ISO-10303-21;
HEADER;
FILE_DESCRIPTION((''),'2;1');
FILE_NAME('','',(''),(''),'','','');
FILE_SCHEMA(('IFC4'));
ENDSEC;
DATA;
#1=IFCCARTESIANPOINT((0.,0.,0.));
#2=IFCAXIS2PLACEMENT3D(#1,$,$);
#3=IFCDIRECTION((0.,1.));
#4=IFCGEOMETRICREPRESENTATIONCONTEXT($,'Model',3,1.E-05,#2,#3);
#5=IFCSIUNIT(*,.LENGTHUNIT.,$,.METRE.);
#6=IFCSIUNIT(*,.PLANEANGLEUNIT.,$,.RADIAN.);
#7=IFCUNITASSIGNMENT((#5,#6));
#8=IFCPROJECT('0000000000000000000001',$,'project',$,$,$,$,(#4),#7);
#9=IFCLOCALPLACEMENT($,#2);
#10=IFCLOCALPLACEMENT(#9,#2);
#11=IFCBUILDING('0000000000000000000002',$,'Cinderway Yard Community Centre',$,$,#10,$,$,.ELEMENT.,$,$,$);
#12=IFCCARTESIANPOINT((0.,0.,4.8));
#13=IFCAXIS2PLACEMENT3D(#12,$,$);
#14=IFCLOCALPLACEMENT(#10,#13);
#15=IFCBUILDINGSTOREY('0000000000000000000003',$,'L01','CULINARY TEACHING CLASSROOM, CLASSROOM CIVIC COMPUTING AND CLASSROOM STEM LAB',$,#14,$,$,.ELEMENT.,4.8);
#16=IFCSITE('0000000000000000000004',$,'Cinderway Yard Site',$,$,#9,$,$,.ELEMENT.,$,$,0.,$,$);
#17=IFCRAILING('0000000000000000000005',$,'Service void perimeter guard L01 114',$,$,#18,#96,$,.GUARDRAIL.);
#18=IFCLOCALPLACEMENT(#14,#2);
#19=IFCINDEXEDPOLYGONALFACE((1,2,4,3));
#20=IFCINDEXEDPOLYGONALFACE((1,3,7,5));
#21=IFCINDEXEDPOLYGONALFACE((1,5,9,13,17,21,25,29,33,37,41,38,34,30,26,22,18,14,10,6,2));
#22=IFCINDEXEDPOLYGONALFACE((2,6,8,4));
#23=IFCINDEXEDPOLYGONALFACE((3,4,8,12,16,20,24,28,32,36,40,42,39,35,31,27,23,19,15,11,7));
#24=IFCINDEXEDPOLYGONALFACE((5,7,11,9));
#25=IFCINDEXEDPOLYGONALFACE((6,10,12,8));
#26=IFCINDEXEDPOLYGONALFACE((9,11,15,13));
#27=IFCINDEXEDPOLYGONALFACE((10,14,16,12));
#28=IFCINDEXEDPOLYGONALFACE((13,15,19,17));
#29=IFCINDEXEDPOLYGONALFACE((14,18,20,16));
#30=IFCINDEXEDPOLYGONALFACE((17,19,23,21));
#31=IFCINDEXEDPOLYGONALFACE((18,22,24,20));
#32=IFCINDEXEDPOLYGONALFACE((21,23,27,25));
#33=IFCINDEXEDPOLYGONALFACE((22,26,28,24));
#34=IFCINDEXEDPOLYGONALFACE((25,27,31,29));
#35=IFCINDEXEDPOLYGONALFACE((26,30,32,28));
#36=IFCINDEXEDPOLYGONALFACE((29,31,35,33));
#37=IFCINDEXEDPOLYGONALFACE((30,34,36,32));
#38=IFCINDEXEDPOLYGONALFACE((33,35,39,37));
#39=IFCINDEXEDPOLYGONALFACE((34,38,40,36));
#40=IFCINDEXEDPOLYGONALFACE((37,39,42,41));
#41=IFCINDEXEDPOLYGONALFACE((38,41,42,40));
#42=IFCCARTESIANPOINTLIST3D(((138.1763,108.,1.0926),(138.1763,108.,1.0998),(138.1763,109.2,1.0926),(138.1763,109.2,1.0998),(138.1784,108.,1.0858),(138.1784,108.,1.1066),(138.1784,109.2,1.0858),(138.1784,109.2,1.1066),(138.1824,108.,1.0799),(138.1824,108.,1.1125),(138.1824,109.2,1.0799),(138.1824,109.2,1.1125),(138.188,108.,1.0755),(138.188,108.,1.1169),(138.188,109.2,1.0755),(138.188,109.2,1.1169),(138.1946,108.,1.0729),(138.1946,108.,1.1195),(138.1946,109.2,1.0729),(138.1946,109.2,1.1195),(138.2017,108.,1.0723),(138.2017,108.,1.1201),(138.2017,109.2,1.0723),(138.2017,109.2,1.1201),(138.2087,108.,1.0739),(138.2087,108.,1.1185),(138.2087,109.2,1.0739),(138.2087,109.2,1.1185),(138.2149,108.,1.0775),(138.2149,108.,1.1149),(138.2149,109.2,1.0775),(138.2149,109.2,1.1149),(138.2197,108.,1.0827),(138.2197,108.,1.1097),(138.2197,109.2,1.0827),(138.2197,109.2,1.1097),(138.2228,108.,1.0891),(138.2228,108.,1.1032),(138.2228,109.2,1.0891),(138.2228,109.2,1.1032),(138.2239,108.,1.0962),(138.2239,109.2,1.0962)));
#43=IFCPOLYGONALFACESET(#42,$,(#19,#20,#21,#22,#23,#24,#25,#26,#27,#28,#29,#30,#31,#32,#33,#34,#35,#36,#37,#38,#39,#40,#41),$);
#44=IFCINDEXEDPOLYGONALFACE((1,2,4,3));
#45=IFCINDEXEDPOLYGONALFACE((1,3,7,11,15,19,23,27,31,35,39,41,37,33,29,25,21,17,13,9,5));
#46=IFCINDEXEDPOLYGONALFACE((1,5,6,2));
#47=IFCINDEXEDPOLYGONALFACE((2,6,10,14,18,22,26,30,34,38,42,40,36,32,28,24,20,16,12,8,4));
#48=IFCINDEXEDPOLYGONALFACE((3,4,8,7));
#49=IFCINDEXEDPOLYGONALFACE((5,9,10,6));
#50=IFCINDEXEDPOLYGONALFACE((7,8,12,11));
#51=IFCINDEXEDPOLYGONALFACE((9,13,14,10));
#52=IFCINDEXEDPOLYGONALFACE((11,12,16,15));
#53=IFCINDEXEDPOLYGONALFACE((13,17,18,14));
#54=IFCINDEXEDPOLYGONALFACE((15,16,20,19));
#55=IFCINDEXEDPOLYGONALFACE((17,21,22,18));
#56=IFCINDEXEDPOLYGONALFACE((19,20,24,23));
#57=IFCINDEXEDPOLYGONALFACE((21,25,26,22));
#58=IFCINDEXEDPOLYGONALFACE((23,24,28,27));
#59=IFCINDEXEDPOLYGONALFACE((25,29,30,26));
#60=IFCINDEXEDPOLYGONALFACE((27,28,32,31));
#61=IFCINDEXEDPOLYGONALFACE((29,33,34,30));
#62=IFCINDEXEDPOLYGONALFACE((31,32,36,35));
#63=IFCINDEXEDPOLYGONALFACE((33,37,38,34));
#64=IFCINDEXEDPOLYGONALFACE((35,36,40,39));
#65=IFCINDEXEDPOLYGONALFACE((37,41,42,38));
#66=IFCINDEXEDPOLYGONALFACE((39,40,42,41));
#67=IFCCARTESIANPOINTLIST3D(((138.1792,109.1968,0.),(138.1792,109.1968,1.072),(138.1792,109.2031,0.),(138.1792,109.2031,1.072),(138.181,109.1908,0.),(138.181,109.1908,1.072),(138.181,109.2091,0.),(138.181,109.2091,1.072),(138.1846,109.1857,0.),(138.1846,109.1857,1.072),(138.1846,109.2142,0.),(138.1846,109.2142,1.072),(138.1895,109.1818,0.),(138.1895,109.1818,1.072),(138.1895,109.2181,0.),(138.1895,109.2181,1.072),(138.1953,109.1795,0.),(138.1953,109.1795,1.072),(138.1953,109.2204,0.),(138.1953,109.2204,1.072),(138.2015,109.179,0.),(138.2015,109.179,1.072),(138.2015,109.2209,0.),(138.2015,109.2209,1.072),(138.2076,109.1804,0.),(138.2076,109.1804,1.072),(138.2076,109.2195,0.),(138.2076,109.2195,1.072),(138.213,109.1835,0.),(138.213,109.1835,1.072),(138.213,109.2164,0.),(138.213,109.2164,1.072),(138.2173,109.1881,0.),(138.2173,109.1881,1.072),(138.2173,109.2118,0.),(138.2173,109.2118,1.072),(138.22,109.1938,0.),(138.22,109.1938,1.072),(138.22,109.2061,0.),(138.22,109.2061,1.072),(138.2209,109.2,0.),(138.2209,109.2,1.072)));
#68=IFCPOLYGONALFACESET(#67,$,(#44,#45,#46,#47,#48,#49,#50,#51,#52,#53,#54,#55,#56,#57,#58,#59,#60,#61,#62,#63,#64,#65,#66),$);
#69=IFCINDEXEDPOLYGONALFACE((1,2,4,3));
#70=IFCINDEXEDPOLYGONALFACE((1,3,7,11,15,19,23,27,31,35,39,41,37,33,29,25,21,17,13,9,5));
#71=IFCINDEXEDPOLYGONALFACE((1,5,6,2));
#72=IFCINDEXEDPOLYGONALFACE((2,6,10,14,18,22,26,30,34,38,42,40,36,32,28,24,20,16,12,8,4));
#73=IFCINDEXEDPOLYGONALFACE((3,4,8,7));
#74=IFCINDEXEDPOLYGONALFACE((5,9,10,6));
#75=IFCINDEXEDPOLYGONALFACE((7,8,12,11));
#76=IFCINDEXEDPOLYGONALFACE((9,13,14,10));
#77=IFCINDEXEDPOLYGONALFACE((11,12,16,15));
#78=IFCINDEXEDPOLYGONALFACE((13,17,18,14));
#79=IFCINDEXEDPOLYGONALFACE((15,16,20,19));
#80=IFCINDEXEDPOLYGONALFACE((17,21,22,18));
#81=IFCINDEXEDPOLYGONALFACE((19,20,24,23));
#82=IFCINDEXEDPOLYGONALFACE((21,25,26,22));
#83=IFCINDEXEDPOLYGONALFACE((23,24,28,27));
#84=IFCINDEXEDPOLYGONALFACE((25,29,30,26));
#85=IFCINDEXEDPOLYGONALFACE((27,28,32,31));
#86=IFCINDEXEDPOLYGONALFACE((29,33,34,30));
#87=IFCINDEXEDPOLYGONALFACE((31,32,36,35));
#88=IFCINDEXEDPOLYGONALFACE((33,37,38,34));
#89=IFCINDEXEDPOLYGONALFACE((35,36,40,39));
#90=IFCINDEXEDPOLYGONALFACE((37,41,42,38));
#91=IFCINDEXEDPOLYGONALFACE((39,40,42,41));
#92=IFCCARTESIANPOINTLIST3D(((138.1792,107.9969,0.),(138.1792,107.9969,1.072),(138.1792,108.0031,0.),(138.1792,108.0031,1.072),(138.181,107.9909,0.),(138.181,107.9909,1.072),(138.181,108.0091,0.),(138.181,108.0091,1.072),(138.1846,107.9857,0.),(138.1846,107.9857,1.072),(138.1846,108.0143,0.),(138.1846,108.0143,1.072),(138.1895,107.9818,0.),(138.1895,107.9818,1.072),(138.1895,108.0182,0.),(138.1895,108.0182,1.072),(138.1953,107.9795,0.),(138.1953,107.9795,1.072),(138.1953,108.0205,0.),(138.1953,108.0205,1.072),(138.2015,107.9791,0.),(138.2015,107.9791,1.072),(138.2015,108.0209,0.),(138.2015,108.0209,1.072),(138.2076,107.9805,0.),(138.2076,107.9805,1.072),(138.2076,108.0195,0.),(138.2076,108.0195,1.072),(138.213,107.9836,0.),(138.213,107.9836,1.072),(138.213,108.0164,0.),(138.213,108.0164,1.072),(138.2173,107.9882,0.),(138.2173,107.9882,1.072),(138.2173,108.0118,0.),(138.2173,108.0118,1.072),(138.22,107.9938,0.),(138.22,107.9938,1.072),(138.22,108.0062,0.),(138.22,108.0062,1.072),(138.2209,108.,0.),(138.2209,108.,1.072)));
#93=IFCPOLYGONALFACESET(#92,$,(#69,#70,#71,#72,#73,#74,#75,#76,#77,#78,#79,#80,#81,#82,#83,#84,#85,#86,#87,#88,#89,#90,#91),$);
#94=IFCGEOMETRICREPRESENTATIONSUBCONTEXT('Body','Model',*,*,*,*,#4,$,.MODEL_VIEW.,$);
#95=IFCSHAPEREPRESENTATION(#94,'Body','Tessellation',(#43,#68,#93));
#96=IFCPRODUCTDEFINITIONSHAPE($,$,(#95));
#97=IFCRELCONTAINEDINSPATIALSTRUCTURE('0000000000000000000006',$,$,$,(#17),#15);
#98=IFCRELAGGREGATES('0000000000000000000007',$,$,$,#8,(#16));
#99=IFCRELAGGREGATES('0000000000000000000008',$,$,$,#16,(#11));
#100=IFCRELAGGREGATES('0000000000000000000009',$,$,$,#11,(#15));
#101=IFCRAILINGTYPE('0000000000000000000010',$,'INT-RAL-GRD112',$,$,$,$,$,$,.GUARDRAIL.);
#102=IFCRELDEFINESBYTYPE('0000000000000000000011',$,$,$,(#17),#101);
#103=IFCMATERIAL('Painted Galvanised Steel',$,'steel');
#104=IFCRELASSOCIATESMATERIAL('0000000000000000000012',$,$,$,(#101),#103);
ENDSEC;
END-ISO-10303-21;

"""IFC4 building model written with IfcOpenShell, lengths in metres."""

from ifc_helpers import new_model, si_unit, direction, frame, origin, origin_2d, place, context, subcontext, project, spatial, circle, extrude, material, type_object, element, save


model = new_model("IFC4")

# Units and contexts
model_context = context("Model", 3, precision=1e-05, world=origin(), true_north=direction((0.0, 1.0)))
body_context = subcontext(model_context, "Body", "Model", "MODEL_VIEW")
ifc_project = project(units=[si_unit("LENGTHUNIT", "METRE"), si_unit("PLANEANGLEUNIT", "RADIAN")], contexts=[model_context])

# Site, building, storey
site_placement = place(None, origin())
site = spatial("IfcSite", under=ifc_project, at=site_placement, Name="Cinderway Yard Site", CompositionType="ELEMENT", RefElevation=0.0)
building_placement = place(site_placement, origin())
building = spatial("IfcBuilding", under=site, at=building_placement, Name="Cinderway Yard Community Centre", CompositionType="ELEMENT")
storey_placement = place(building_placement, frame((0.0, 0.0, 4.8)))
storey = spatial("IfcBuildingStorey", under=building, at=storey_placement, Name="L01", Description="CULINARY TEACHING CLASSROOM, CLASSROOM CIVIC COMPUTING AND CLASSROOM STEM LAB", CompositionType="ELEMENT", Elevation=4.8)

# Railing
ifc_material_1 = material(Name="Painted Galvanised Steel", Category="steel")
railing_type_1 = type_object("IfcRailingType", Name="INT-RAL-GRD112", PredefinedType="GUARDRAIL", material=ifc_material_1)
railing_1_placement = place(storey_placement, frame((138.2, 109.2, 0.0)))
element("IfcRailing", 1, at=railing_1_placement, inside=storey, type_object=railing_type_1, Name="Service void perimeter guard L01 114", PredefinedType="GUARDRAIL", context=body_context, shape_type="SweptSolid", body=[
    extrude(circle(Radius=0.0239, at=origin_2d()), frame((0.0, 0.0, 1.0962), z_axis=(0.0, -1.0, 0.0), x_axis=(1.0, 0.0, 0.0)), (0.0, 0.0, 1.0), 1.2),
    extrude(circle(Radius=0.021, at=origin_2d()), origin(), (0.0, 0.0, 1.0), 1.072),
    extrude(circle(Radius=0.021, at=origin_2d()), frame((0.0, -1.2, 0.0)), (0.0, 0.0, 1.0), 1.072),
])

save(model, "model.ifc")
